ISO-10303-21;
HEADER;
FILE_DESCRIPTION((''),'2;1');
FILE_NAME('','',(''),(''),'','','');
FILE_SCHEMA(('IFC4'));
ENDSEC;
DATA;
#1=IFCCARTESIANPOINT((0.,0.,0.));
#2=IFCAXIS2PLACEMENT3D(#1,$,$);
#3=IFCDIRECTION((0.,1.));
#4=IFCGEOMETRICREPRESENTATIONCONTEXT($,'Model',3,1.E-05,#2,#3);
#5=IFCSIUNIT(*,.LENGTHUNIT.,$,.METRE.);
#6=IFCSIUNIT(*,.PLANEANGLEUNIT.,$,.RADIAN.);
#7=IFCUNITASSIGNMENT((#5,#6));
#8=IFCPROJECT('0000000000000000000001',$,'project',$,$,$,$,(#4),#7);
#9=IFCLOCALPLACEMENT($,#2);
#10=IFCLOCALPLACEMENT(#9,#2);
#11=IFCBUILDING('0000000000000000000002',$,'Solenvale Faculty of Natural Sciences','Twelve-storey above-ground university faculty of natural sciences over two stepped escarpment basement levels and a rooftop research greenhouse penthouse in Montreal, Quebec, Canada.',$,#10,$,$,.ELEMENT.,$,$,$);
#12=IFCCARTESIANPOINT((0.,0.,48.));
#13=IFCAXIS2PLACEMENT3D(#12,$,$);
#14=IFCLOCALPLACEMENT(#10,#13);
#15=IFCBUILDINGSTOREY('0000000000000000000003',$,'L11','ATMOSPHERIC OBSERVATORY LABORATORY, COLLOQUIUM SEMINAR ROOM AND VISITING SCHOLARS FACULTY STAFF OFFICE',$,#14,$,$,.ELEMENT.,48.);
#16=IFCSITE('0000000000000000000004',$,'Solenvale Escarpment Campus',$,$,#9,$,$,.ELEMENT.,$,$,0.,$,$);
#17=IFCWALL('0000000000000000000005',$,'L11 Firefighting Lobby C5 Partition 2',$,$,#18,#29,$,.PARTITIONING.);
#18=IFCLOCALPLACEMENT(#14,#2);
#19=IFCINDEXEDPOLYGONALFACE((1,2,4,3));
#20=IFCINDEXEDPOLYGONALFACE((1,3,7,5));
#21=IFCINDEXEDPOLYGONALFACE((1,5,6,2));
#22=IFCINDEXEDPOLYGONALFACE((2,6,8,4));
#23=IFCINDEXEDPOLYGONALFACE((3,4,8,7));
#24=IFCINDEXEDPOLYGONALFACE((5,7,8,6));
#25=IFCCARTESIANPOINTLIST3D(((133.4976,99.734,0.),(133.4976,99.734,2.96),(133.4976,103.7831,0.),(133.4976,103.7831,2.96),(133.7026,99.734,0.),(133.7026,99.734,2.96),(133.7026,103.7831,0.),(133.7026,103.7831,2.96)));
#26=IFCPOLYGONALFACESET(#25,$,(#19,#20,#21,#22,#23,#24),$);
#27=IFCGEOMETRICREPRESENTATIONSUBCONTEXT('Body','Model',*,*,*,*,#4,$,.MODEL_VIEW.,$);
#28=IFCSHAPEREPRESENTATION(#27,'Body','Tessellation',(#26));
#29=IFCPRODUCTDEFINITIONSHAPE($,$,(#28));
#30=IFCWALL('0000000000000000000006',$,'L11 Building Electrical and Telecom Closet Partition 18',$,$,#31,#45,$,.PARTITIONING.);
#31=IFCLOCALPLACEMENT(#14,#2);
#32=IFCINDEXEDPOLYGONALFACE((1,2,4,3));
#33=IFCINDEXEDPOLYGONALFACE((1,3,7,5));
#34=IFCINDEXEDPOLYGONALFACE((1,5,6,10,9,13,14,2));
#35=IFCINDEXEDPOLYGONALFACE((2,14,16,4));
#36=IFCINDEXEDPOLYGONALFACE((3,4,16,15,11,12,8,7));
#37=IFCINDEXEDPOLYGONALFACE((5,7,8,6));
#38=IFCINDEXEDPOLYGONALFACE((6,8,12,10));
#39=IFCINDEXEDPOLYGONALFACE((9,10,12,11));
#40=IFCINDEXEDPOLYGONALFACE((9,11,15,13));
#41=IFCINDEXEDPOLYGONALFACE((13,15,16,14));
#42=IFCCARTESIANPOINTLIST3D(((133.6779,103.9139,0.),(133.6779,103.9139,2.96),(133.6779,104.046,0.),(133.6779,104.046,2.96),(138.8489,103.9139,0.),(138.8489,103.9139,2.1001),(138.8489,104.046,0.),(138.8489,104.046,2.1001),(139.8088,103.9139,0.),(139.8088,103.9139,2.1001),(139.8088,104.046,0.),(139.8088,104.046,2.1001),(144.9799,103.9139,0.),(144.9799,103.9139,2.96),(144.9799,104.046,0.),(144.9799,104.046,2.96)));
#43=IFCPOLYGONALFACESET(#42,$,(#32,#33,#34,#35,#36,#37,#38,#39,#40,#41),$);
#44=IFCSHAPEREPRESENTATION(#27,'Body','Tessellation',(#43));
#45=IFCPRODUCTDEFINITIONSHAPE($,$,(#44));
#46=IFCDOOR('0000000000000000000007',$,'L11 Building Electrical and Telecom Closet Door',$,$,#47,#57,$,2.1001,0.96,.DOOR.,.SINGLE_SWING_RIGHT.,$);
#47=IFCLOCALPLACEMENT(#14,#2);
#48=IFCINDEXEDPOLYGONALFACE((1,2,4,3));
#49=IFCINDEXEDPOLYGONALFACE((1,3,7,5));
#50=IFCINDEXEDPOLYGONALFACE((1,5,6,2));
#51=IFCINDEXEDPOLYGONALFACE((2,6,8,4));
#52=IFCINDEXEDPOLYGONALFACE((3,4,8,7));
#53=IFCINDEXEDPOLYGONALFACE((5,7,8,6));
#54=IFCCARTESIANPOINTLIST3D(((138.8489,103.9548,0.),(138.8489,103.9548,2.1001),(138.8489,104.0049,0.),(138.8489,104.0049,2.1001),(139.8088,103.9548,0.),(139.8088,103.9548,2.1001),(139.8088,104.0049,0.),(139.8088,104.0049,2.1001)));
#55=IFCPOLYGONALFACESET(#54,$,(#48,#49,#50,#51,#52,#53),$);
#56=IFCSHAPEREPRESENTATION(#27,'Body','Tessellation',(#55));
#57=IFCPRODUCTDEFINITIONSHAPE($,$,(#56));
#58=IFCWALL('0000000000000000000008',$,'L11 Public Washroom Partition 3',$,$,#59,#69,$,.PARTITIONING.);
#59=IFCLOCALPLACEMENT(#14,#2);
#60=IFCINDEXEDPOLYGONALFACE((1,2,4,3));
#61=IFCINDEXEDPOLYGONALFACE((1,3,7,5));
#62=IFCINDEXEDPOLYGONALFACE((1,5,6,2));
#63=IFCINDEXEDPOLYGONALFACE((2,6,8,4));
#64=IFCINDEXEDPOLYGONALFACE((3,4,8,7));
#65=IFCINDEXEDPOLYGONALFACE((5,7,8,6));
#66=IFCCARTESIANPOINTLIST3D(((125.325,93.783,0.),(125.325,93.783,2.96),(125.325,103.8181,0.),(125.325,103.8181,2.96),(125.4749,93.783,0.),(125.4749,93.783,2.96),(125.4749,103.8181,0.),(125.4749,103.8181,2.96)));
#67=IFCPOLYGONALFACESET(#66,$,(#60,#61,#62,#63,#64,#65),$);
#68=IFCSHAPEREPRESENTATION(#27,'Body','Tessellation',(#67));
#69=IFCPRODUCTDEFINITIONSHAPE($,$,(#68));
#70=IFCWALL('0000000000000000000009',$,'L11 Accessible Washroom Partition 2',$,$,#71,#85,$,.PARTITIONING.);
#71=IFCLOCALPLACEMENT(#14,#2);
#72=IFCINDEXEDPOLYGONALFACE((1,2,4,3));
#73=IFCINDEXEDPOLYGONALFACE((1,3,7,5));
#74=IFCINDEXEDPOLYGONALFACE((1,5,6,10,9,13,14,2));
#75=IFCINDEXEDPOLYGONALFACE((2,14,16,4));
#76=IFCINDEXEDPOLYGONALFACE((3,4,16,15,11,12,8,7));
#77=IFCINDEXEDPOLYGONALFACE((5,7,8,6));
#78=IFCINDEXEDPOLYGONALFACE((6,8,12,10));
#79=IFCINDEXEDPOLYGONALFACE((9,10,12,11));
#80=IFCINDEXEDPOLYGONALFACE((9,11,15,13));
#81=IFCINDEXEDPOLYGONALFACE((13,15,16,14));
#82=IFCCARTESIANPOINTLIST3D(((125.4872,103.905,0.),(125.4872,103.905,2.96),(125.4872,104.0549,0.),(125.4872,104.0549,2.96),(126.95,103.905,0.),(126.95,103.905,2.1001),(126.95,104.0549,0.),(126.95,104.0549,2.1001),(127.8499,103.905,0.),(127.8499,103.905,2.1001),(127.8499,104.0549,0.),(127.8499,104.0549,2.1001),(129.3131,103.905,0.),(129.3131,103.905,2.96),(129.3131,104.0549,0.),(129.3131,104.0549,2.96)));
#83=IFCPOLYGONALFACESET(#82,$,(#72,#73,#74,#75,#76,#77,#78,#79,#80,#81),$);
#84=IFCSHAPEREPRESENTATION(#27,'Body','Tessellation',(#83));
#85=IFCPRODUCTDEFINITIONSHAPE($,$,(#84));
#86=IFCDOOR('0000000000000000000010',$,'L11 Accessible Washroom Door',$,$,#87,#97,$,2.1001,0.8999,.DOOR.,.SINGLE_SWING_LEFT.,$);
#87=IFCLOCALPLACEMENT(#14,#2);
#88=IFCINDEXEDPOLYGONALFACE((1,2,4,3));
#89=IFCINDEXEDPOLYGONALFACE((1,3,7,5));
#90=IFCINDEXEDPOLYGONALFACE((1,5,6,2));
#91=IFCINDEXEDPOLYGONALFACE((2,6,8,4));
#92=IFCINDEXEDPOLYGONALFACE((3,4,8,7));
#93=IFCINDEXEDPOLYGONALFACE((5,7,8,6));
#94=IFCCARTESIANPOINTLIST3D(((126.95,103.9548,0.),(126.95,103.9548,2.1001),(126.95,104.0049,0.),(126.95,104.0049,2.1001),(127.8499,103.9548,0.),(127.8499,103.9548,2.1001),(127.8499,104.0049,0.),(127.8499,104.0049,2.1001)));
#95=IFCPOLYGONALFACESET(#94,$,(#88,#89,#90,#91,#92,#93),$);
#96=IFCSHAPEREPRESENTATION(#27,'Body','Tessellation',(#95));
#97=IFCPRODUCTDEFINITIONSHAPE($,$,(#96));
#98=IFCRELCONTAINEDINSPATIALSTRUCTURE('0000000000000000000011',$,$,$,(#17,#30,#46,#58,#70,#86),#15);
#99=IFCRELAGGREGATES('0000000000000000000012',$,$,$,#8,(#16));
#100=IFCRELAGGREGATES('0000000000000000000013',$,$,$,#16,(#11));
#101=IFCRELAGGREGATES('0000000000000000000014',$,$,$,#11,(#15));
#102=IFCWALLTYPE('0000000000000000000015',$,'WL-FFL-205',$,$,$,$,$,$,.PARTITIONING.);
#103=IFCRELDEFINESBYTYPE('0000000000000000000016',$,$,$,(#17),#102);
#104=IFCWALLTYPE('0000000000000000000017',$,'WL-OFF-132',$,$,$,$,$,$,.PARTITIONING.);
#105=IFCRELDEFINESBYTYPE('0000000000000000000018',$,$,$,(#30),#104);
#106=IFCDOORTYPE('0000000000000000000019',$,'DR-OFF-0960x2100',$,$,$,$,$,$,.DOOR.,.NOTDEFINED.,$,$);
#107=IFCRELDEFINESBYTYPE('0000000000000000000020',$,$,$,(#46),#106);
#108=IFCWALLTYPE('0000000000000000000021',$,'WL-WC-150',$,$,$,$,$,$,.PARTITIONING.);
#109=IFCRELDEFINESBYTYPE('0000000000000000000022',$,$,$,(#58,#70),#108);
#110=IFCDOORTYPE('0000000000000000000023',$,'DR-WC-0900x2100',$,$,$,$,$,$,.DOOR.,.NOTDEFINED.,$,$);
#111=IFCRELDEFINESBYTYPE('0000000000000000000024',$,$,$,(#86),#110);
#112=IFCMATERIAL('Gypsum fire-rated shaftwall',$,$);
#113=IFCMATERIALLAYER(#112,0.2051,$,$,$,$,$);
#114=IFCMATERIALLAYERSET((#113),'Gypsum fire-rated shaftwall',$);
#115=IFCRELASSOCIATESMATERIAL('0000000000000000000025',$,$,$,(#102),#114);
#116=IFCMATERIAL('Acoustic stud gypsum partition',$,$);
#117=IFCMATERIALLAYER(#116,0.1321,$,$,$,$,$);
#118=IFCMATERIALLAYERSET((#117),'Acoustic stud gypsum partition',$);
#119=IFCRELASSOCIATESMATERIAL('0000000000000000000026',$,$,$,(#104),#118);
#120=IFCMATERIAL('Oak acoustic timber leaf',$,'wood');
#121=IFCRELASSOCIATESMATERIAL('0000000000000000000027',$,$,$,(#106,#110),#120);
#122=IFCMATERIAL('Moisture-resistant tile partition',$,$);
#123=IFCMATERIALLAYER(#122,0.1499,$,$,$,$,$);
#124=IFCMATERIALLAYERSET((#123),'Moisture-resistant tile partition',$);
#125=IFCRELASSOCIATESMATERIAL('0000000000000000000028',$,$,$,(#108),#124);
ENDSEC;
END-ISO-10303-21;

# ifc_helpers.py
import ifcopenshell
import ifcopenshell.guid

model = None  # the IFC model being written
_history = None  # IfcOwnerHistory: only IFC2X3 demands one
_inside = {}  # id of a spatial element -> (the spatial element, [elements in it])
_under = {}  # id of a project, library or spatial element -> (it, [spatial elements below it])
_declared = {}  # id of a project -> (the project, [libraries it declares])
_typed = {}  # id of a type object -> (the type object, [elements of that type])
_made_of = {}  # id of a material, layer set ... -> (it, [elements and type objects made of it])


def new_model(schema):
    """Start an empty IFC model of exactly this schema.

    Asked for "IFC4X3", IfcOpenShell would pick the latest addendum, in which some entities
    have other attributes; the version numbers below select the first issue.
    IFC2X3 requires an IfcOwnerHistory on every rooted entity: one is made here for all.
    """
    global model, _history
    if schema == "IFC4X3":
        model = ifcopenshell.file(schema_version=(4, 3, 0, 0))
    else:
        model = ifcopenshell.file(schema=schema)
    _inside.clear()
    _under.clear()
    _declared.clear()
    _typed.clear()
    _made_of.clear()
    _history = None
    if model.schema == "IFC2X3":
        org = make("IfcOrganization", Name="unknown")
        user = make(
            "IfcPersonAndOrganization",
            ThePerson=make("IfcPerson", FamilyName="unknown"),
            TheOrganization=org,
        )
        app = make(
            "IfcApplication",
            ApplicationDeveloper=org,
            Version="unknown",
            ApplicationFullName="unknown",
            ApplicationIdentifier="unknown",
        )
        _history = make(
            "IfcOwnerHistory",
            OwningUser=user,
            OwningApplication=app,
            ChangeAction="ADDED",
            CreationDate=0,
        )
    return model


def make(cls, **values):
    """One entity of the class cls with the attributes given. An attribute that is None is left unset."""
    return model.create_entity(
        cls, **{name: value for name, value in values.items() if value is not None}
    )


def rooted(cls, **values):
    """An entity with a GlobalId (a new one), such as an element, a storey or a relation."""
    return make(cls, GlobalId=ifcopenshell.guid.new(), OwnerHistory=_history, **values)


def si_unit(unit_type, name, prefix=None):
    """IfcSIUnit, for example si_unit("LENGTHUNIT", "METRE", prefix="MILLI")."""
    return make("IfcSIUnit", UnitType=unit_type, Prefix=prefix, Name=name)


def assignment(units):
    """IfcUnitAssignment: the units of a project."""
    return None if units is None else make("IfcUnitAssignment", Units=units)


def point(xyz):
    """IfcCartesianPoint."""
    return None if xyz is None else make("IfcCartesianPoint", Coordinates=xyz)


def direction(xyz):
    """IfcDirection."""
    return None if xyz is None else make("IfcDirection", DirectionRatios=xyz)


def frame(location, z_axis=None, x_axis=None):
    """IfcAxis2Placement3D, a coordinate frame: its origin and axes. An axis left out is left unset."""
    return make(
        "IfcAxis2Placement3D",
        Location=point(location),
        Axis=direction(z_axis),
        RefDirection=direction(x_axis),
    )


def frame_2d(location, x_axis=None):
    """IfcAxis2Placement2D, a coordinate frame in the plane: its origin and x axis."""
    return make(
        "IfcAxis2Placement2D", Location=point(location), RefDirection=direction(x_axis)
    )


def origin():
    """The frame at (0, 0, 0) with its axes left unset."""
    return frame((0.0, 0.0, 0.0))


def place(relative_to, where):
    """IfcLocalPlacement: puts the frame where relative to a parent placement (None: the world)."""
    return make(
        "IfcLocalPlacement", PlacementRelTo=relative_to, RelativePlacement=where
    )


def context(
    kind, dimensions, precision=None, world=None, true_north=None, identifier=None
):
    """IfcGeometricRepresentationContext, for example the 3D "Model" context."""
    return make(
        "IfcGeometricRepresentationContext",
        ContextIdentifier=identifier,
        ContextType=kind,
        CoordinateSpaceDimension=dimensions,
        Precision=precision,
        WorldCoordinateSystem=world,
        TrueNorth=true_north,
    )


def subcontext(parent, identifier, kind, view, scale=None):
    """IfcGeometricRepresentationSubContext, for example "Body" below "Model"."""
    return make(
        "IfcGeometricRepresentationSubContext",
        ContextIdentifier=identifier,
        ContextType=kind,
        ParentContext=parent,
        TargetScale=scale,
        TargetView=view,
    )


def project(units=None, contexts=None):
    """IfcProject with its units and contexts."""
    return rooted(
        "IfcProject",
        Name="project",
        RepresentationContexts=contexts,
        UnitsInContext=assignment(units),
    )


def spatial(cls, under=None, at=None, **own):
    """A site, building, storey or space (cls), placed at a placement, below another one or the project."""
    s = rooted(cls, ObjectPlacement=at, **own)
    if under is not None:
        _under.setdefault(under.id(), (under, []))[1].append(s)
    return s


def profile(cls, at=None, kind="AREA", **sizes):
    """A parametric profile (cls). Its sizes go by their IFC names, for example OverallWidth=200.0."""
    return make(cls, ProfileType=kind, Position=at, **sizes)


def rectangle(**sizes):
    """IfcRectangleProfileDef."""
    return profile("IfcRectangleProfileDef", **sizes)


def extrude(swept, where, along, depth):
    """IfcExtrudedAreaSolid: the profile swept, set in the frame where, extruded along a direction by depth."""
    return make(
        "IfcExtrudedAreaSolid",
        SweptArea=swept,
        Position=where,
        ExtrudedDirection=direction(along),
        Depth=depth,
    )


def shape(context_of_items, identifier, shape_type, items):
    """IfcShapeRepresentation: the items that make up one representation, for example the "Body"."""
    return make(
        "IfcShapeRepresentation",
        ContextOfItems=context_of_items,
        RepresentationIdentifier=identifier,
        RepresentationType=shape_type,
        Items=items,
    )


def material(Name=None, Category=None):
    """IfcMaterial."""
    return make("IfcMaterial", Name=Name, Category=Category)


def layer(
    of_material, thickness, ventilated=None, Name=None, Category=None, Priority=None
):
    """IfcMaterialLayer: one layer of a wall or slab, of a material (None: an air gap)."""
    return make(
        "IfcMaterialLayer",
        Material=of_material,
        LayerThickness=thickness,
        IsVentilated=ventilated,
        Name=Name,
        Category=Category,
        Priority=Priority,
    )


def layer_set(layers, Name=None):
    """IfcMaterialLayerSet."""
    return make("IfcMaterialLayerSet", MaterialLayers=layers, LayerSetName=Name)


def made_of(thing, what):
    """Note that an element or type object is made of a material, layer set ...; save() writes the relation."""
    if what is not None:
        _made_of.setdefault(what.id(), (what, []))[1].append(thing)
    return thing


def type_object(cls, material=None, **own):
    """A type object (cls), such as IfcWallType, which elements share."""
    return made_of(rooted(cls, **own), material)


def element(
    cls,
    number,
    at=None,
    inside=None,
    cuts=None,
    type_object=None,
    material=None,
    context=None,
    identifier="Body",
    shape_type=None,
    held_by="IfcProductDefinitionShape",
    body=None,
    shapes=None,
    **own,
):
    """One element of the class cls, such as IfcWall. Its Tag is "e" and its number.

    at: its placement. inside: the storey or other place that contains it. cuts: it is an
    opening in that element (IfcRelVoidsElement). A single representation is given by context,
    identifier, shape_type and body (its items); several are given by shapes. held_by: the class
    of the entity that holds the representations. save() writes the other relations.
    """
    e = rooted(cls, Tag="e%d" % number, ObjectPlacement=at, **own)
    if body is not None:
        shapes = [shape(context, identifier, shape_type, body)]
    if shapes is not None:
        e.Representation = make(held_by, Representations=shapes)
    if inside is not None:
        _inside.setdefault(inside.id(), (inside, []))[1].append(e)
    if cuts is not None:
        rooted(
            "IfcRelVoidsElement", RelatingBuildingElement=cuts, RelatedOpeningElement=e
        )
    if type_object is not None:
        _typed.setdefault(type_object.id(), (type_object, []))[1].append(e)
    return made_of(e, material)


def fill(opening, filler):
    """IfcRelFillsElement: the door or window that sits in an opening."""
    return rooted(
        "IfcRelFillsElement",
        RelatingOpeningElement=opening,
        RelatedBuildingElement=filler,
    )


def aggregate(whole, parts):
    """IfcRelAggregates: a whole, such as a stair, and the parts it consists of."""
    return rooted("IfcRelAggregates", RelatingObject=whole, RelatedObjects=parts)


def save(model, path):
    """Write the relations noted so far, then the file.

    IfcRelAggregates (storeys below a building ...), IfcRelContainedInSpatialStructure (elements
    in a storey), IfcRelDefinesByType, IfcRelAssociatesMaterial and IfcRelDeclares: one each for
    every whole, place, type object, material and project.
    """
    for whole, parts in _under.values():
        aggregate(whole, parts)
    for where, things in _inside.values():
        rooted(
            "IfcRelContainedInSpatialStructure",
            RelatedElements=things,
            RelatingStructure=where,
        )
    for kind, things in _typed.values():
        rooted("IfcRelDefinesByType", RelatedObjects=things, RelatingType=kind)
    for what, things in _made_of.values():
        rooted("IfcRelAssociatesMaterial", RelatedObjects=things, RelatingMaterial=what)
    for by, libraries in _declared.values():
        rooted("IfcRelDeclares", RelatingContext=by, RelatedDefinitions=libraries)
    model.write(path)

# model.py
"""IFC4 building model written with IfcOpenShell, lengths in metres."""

from ifc_helpers import new_model, si_unit, direction, frame, frame_2d, origin, place, context, subcontext, project, spatial, rectangle, extrude, material, layer, layer_set, type_object, element, fill, save


model = new_model("IFC4")

# Units and contexts
model_context = context("Model", 3, precision=1e-05, world=origin(), true_north=direction((0.0, 1.0)))
body_context = subcontext(model_context, "Body", "Model", "MODEL_VIEW")
ifc_project = project(units=[si_unit("LENGTHUNIT", "METRE"), si_unit("PLANEANGLEUNIT", "RADIAN")], contexts=[model_context])

# Site, building, storey
site_placement = place(None, origin())
site = spatial("IfcSite", under=ifc_project, at=site_placement, Name="Solenvale Escarpment Campus", CompositionType="ELEMENT", RefElevation=0.0)
building_placement = place(site_placement, origin())
building = spatial("IfcBuilding", under=site, at=building_placement, Name="Solenvale Faculty of Natural Sciences", Description="Twelve-storey above-ground university faculty of natural sciences over two stepped escarpment basement levels and a rooftop research greenhouse penthouse in Montreal, Quebec, Canada.", CompositionType="ELEMENT")
storey_placement = place(building_placement, frame((0.0, 0.0, 48.0)))
storey = spatial("IfcBuildingStorey", under=building, at=storey_placement, Name="L11", Description="ATMOSPHERIC OBSERVATORY LABORATORY, COLLOQUIUM SEMINAR ROOM AND VISITING SCHOLARS FACULTY STAFF OFFICE", CompositionType="ELEMENT", Elevation=48.0)

# Shared definitions
ifc_material_1 = material(Name="Gypsum fire-rated shaftwall")
ifc_layer_1 = layer(ifc_material_1, 0.2051)
ifc_layer_set_1 = layer_set([ifc_layer_1], Name="Gypsum fire-rated shaftwall")
wall_type_1 = type_object("IfcWallType", Name="WL-FFL-205", PredefinedType="PARTITIONING", material=ifc_layer_set_1)

# Wall
wall_1_placement = place(storey_placement, frame((133.6001, 103.783, 0.0), z_axis=(0.0, 0.0, 1.0), x_axis=(0.0, -1.0, 0.0)))
element("IfcWall", 1, at=wall_1_placement, inside=storey, type_object=wall_type_1, Name="L11 Firefighting Lobby C5 Partition 2", PredefinedType="PARTITIONING", context=body_context, shape_type="SweptSolid", body=[
    extrude(rectangle(XDim=4.0491, YDim=0.2051, at=frame_2d((2.0244, 0.0))), origin(), (0.0, 0.0, 1.0), 2.96),
])

# Wall, opening, door
ifc_material_2 = material(Name="Acoustic stud gypsum partition")
ifc_layer_2 = layer(ifc_material_2, 0.1321)
ifc_layer_set_2 = layer_set([ifc_layer_2], Name="Acoustic stud gypsum partition")
wall_type_2 = type_object("IfcWallType", Name="WL-OFF-132", PredefinedType="PARTITIONING", material=ifc_layer_set_2)
wall_2_placement = place(storey_placement, frame((133.678, 103.98, 0.0), z_axis=(0.0, 0.0, 1.0), x_axis=(1.0, 0.0, 0.0)))
wall_2 = element("IfcWall", 2, at=wall_2_placement, inside=storey, type_object=wall_type_2, Name="L11 Building Electrical and Telecom Closet Partition 18", PredefinedType="PARTITIONING", context=body_context, shape_type="SweptSolid", body=[
    extrude(rectangle(XDim=11.302, YDim=0.1321, at=frame_2d((5.6509, 0.0))), origin(), (0.0, 0.0, 1.0), 2.96),
])
opening_1_placement = place(wall_2_placement, frame((5.1709, 0.0, 0.0)))
opening_1 = element("IfcOpeningElement", 3, at=opening_1_placement, cuts=wall_2, PredefinedType="OPENING", context=body_context, shape_type="SweptSolid", body=[
    extrude(rectangle(XDim=0.96, YDim=2.1001, at=frame_2d((0.48, 1.05))), frame((0.0, 0.0759, 0.0), z_axis=(0.0, -1.0, 0.0), x_axis=(1.0, 0.0, 0.0)), (0.0, 0.0, 1.0), 0.1521),
])
ifc_material_3 = material(Name="Oak acoustic timber leaf", Category="wood")
door_type_1 = type_object("IfcDoorType", Name="DR-OFF-0960x2100", OperationType="NOTDEFINED", PredefinedType="DOOR", material=ifc_material_3)
door_1_placement = place(opening_1_placement, origin())
door_1 = element("IfcDoor", 4, at=door_1_placement, inside=storey, type_object=door_type_1, Name="L11 Building Electrical and Telecom Closet Door", OperationType="SINGLE_SWING_RIGHT", OverallHeight=2.1001, OverallWidth=0.96, PredefinedType="DOOR", context=body_context, shape_type="SweptSolid", body=[
    extrude(rectangle(XDim=0.96, YDim=2.1001, at=frame_2d((0.48, 1.05))), frame((0.0, 0.0249, 0.0), z_axis=(0.0, -1.0, 0.0), x_axis=(1.0, 0.0, 0.0)), (0.0, 0.0, 1.0), 0.05),
])
fill(opening_1, door_1)

# Wall
ifc_material_4 = material(Name="Moisture-resistant tile partition")
ifc_layer_3 = layer(ifc_material_4, 0.1499)
ifc_layer_set_3 = layer_set([ifc_layer_3], Name="Moisture-resistant tile partition")
wall_type_3 = type_object("IfcWallType", Name="WL-WC-150", PredefinedType="PARTITIONING", material=ifc_layer_set_3)
wall_3_placement = place(storey_placement, frame((125.3999, 103.8181, 0.0), z_axis=(0.0, 0.0, 1.0), x_axis=(0.0, -1.0, 0.0)))
element("IfcWall", 5, at=wall_3_placement, inside=storey, type_object=wall_type_3, Name="L11 Public Washroom Partition 3", PredefinedType="PARTITIONING", context=body_context, shape_type="SweptSolid", body=[
    extrude(rectangle(XDim=10.0352, YDim=0.1499, at=frame_2d((5.0176, 0.0))), origin(), (0.0, 0.0, 1.0), 2.96),
])

# Wall, opening, door
wall_4_placement = place(storey_placement, frame((125.4871, 103.98, 0.0), z_axis=(0.0, 0.0, 1.0), x_axis=(1.0, 0.0, 0.0)))
wall_4 = element("IfcWall", 6, at=wall_4_placement, inside=storey, type_object=wall_type_3, Name="L11 Accessible Washroom Partition 2", PredefinedType="PARTITIONING", context=body_context, shape_type="SweptSolid", body=[
    extrude(rectangle(XDim=3.8259, YDim=0.1499, at=frame_2d((1.9131, 0.0))), origin(), (0.0, 0.0, 1.0), 2.96),
])
opening_2_placement = place(wall_4_placement, frame((1.4629, 0.0, 0.0)))
opening_2 = element("IfcOpeningElement", 7, at=opening_2_placement, cuts=wall_4, PredefinedType="OPENING", context=body_context, shape_type="SweptSolid", body=[
    extrude(rectangle(XDim=0.8999, YDim=2.1001, at=frame_2d((0.45, 1.05))), frame((0.0, 0.085, 0.0), z_axis=(0.0, -1.0, 0.0), x_axis=(1.0, 0.0, 0.0)), (0.0, 0.0, 1.0), 0.1699),
])
door_type_2 = type_object("IfcDoorType", Name="DR-WC-0900x2100", OperationType="NOTDEFINED", PredefinedType="DOOR", material=ifc_material_3)
door_2_placement = place(opening_2_placement, origin())
door_2 = element("IfcDoor", 8, at=door_2_placement, inside=storey, type_object=door_type_2, Name="L11 Accessible Washroom Door", OperationType="SINGLE_SWING_LEFT", OverallHeight=2.1001, OverallWidth=0.8999, PredefinedType="DOOR", context=body_context, shape_type="SweptSolid", body=[
    extrude(rectangle(XDim=0.8999, YDim=2.1001, at=frame_2d((0.45, 1.05))), frame((0.0, 0.0249, 0.0), z_axis=(0.0, -1.0, 0.0), x_axis=(1.0, 0.0, 0.0)), (0.0, 0.0, 1.0), 0.05),
])
fill(opening_2, door_2)

save(model, "model.ifc")
